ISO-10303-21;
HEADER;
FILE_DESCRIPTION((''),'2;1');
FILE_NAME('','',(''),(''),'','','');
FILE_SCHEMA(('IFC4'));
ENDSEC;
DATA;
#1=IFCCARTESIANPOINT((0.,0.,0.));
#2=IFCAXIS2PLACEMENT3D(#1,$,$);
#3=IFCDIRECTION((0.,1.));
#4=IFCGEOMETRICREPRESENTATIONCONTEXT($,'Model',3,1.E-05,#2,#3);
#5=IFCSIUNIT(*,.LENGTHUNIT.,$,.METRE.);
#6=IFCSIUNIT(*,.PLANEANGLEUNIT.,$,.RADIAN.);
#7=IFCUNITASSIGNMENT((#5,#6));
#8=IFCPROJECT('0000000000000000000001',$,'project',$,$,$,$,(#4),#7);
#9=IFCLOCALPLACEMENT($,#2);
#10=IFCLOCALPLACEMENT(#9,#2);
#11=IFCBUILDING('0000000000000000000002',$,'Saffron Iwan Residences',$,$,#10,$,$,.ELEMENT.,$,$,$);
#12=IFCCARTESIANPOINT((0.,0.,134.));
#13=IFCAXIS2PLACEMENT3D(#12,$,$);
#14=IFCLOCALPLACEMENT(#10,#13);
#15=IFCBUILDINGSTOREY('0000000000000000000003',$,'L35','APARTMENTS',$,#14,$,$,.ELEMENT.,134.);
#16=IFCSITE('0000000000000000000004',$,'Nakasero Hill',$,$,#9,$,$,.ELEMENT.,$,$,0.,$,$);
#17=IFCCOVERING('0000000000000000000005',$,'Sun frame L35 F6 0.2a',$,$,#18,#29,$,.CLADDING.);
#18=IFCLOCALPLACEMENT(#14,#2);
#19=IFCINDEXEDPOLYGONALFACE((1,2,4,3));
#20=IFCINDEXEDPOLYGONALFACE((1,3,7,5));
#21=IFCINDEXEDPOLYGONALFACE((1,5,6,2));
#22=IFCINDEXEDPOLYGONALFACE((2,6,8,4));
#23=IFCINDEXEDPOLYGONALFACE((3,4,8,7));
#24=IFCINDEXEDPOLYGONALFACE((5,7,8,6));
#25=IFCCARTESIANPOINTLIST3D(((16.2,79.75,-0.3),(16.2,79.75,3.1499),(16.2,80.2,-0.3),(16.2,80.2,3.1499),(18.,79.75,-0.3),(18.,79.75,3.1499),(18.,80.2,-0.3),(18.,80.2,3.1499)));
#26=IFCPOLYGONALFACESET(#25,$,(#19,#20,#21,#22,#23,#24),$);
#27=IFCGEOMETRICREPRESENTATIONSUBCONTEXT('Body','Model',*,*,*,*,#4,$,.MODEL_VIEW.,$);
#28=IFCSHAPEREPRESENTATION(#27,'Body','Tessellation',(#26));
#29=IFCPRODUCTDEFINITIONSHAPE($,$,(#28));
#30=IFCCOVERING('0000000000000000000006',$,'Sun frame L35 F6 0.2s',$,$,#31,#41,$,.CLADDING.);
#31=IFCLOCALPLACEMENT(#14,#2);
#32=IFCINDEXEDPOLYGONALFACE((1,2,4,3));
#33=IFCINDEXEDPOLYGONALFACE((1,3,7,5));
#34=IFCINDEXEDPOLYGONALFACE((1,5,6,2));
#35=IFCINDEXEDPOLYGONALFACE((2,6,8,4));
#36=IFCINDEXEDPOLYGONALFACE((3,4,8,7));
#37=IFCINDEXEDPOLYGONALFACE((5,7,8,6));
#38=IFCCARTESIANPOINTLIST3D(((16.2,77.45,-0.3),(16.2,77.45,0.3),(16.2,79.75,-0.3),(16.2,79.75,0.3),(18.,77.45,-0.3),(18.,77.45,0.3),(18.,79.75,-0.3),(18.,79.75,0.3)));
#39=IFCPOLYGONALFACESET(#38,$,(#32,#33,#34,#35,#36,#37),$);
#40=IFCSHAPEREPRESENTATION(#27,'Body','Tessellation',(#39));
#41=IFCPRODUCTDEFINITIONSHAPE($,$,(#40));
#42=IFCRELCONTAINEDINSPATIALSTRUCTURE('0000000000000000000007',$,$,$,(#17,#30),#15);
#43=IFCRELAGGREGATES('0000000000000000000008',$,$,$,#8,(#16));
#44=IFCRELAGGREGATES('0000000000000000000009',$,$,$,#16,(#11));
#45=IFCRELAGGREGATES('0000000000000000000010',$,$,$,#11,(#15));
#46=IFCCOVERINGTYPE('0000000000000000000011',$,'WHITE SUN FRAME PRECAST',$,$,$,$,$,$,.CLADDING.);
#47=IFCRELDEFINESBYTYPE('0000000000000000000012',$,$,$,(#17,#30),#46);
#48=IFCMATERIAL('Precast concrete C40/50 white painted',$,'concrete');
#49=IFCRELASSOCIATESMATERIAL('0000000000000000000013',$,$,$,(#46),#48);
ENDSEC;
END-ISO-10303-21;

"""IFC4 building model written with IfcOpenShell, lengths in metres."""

from ifc_helpers import new_model, si_unit, direction, frame, origin, place, context, subcontext, project, spatial, polyline, outline, extrude, material, type_object, element, save


model = new_model("IFC4")

# Units and contexts
model_context = context("Model", 3, precision=1e-05, world=origin(), true_north=direction((0.0, 1.0)))
body_context = subcontext(model_context, "Body", "Model", "MODEL_VIEW")
ifc_project = project(units=[si_unit("LENGTHUNIT", "METRE"), si_unit("PLANEANGLEUNIT", "RADIAN")], contexts=[model_context])

# Site, building, storey
site_placement = place(None, origin())
site = spatial("IfcSite", under=ifc_project, at=site_placement, Name="Nakasero Hill", CompositionType="ELEMENT", RefElevation=0.0)
building_placement = place(site_placement, origin())
building = spatial("IfcBuilding", under=site, at=building_placement, Name="Saffron Iwan Residences", CompositionType="ELEMENT")
storey_placement = place(building_placement, frame((0.0, 0.0, 134.0)))
storey = spatial("IfcBuildingStorey", under=building, at=storey_placement, Name="L35", Description="APARTMENTS", CompositionType="ELEMENT", Elevation=134.0)

# Coverings
ifc_material_1 = material(Name="Precast concrete C40/50 white painted", Category="concrete")
covering_type_1 = type_object("IfcCoveringType", Name="WHITE SUN FRAME PRECAST", PredefinedType="CLADDING", material=ifc_material_1)
covering_1_placement = place(storey_placement, frame((18.0, 80.2, -0.3), z_axis=(-1.0, 0.0, 0.0), x_axis=(0.0, -1.0, 0.0)))
element("IfcCovering", 1, at=covering_1_placement, inside=storey, type_object=covering_type_1, Name="Sun frame L35 F6 0.2a", PredefinedType="CLADDING", context=body_context, shape_type="SweptSolid", body=[
    extrude(outline(polyline([(0.0, 0.0), (0.45, 0.0), (0.45, 3.45), (0.0, 3.45), (0.0, 0.0)])), origin(), (0.0, 0.0, 1.0), 1.8),
])
covering_2_placement = place(storey_placement, frame((18.0, 79.75, -0.3), z_axis=(-1.0, 0.0, 0.0), x_axis=(0.0, -1.0, 0.0)))
element("IfcCovering", 2, at=covering_2_placement, inside=storey, type_object=covering_type_1, Name="Sun frame L35 F6 0.2s", PredefinedType="CLADDING", context=body_context, shape_type="SweptSolid", body=[
    extrude(outline(polyline([(0.0, 0.0), (2.3, 0.0), (2.3, 0.6001), (0.0, 0.6001), (0.0, 0.0)])), origin(), (0.0, 0.0, 1.0), 1.8),
])

save(model, "model.ifc")
